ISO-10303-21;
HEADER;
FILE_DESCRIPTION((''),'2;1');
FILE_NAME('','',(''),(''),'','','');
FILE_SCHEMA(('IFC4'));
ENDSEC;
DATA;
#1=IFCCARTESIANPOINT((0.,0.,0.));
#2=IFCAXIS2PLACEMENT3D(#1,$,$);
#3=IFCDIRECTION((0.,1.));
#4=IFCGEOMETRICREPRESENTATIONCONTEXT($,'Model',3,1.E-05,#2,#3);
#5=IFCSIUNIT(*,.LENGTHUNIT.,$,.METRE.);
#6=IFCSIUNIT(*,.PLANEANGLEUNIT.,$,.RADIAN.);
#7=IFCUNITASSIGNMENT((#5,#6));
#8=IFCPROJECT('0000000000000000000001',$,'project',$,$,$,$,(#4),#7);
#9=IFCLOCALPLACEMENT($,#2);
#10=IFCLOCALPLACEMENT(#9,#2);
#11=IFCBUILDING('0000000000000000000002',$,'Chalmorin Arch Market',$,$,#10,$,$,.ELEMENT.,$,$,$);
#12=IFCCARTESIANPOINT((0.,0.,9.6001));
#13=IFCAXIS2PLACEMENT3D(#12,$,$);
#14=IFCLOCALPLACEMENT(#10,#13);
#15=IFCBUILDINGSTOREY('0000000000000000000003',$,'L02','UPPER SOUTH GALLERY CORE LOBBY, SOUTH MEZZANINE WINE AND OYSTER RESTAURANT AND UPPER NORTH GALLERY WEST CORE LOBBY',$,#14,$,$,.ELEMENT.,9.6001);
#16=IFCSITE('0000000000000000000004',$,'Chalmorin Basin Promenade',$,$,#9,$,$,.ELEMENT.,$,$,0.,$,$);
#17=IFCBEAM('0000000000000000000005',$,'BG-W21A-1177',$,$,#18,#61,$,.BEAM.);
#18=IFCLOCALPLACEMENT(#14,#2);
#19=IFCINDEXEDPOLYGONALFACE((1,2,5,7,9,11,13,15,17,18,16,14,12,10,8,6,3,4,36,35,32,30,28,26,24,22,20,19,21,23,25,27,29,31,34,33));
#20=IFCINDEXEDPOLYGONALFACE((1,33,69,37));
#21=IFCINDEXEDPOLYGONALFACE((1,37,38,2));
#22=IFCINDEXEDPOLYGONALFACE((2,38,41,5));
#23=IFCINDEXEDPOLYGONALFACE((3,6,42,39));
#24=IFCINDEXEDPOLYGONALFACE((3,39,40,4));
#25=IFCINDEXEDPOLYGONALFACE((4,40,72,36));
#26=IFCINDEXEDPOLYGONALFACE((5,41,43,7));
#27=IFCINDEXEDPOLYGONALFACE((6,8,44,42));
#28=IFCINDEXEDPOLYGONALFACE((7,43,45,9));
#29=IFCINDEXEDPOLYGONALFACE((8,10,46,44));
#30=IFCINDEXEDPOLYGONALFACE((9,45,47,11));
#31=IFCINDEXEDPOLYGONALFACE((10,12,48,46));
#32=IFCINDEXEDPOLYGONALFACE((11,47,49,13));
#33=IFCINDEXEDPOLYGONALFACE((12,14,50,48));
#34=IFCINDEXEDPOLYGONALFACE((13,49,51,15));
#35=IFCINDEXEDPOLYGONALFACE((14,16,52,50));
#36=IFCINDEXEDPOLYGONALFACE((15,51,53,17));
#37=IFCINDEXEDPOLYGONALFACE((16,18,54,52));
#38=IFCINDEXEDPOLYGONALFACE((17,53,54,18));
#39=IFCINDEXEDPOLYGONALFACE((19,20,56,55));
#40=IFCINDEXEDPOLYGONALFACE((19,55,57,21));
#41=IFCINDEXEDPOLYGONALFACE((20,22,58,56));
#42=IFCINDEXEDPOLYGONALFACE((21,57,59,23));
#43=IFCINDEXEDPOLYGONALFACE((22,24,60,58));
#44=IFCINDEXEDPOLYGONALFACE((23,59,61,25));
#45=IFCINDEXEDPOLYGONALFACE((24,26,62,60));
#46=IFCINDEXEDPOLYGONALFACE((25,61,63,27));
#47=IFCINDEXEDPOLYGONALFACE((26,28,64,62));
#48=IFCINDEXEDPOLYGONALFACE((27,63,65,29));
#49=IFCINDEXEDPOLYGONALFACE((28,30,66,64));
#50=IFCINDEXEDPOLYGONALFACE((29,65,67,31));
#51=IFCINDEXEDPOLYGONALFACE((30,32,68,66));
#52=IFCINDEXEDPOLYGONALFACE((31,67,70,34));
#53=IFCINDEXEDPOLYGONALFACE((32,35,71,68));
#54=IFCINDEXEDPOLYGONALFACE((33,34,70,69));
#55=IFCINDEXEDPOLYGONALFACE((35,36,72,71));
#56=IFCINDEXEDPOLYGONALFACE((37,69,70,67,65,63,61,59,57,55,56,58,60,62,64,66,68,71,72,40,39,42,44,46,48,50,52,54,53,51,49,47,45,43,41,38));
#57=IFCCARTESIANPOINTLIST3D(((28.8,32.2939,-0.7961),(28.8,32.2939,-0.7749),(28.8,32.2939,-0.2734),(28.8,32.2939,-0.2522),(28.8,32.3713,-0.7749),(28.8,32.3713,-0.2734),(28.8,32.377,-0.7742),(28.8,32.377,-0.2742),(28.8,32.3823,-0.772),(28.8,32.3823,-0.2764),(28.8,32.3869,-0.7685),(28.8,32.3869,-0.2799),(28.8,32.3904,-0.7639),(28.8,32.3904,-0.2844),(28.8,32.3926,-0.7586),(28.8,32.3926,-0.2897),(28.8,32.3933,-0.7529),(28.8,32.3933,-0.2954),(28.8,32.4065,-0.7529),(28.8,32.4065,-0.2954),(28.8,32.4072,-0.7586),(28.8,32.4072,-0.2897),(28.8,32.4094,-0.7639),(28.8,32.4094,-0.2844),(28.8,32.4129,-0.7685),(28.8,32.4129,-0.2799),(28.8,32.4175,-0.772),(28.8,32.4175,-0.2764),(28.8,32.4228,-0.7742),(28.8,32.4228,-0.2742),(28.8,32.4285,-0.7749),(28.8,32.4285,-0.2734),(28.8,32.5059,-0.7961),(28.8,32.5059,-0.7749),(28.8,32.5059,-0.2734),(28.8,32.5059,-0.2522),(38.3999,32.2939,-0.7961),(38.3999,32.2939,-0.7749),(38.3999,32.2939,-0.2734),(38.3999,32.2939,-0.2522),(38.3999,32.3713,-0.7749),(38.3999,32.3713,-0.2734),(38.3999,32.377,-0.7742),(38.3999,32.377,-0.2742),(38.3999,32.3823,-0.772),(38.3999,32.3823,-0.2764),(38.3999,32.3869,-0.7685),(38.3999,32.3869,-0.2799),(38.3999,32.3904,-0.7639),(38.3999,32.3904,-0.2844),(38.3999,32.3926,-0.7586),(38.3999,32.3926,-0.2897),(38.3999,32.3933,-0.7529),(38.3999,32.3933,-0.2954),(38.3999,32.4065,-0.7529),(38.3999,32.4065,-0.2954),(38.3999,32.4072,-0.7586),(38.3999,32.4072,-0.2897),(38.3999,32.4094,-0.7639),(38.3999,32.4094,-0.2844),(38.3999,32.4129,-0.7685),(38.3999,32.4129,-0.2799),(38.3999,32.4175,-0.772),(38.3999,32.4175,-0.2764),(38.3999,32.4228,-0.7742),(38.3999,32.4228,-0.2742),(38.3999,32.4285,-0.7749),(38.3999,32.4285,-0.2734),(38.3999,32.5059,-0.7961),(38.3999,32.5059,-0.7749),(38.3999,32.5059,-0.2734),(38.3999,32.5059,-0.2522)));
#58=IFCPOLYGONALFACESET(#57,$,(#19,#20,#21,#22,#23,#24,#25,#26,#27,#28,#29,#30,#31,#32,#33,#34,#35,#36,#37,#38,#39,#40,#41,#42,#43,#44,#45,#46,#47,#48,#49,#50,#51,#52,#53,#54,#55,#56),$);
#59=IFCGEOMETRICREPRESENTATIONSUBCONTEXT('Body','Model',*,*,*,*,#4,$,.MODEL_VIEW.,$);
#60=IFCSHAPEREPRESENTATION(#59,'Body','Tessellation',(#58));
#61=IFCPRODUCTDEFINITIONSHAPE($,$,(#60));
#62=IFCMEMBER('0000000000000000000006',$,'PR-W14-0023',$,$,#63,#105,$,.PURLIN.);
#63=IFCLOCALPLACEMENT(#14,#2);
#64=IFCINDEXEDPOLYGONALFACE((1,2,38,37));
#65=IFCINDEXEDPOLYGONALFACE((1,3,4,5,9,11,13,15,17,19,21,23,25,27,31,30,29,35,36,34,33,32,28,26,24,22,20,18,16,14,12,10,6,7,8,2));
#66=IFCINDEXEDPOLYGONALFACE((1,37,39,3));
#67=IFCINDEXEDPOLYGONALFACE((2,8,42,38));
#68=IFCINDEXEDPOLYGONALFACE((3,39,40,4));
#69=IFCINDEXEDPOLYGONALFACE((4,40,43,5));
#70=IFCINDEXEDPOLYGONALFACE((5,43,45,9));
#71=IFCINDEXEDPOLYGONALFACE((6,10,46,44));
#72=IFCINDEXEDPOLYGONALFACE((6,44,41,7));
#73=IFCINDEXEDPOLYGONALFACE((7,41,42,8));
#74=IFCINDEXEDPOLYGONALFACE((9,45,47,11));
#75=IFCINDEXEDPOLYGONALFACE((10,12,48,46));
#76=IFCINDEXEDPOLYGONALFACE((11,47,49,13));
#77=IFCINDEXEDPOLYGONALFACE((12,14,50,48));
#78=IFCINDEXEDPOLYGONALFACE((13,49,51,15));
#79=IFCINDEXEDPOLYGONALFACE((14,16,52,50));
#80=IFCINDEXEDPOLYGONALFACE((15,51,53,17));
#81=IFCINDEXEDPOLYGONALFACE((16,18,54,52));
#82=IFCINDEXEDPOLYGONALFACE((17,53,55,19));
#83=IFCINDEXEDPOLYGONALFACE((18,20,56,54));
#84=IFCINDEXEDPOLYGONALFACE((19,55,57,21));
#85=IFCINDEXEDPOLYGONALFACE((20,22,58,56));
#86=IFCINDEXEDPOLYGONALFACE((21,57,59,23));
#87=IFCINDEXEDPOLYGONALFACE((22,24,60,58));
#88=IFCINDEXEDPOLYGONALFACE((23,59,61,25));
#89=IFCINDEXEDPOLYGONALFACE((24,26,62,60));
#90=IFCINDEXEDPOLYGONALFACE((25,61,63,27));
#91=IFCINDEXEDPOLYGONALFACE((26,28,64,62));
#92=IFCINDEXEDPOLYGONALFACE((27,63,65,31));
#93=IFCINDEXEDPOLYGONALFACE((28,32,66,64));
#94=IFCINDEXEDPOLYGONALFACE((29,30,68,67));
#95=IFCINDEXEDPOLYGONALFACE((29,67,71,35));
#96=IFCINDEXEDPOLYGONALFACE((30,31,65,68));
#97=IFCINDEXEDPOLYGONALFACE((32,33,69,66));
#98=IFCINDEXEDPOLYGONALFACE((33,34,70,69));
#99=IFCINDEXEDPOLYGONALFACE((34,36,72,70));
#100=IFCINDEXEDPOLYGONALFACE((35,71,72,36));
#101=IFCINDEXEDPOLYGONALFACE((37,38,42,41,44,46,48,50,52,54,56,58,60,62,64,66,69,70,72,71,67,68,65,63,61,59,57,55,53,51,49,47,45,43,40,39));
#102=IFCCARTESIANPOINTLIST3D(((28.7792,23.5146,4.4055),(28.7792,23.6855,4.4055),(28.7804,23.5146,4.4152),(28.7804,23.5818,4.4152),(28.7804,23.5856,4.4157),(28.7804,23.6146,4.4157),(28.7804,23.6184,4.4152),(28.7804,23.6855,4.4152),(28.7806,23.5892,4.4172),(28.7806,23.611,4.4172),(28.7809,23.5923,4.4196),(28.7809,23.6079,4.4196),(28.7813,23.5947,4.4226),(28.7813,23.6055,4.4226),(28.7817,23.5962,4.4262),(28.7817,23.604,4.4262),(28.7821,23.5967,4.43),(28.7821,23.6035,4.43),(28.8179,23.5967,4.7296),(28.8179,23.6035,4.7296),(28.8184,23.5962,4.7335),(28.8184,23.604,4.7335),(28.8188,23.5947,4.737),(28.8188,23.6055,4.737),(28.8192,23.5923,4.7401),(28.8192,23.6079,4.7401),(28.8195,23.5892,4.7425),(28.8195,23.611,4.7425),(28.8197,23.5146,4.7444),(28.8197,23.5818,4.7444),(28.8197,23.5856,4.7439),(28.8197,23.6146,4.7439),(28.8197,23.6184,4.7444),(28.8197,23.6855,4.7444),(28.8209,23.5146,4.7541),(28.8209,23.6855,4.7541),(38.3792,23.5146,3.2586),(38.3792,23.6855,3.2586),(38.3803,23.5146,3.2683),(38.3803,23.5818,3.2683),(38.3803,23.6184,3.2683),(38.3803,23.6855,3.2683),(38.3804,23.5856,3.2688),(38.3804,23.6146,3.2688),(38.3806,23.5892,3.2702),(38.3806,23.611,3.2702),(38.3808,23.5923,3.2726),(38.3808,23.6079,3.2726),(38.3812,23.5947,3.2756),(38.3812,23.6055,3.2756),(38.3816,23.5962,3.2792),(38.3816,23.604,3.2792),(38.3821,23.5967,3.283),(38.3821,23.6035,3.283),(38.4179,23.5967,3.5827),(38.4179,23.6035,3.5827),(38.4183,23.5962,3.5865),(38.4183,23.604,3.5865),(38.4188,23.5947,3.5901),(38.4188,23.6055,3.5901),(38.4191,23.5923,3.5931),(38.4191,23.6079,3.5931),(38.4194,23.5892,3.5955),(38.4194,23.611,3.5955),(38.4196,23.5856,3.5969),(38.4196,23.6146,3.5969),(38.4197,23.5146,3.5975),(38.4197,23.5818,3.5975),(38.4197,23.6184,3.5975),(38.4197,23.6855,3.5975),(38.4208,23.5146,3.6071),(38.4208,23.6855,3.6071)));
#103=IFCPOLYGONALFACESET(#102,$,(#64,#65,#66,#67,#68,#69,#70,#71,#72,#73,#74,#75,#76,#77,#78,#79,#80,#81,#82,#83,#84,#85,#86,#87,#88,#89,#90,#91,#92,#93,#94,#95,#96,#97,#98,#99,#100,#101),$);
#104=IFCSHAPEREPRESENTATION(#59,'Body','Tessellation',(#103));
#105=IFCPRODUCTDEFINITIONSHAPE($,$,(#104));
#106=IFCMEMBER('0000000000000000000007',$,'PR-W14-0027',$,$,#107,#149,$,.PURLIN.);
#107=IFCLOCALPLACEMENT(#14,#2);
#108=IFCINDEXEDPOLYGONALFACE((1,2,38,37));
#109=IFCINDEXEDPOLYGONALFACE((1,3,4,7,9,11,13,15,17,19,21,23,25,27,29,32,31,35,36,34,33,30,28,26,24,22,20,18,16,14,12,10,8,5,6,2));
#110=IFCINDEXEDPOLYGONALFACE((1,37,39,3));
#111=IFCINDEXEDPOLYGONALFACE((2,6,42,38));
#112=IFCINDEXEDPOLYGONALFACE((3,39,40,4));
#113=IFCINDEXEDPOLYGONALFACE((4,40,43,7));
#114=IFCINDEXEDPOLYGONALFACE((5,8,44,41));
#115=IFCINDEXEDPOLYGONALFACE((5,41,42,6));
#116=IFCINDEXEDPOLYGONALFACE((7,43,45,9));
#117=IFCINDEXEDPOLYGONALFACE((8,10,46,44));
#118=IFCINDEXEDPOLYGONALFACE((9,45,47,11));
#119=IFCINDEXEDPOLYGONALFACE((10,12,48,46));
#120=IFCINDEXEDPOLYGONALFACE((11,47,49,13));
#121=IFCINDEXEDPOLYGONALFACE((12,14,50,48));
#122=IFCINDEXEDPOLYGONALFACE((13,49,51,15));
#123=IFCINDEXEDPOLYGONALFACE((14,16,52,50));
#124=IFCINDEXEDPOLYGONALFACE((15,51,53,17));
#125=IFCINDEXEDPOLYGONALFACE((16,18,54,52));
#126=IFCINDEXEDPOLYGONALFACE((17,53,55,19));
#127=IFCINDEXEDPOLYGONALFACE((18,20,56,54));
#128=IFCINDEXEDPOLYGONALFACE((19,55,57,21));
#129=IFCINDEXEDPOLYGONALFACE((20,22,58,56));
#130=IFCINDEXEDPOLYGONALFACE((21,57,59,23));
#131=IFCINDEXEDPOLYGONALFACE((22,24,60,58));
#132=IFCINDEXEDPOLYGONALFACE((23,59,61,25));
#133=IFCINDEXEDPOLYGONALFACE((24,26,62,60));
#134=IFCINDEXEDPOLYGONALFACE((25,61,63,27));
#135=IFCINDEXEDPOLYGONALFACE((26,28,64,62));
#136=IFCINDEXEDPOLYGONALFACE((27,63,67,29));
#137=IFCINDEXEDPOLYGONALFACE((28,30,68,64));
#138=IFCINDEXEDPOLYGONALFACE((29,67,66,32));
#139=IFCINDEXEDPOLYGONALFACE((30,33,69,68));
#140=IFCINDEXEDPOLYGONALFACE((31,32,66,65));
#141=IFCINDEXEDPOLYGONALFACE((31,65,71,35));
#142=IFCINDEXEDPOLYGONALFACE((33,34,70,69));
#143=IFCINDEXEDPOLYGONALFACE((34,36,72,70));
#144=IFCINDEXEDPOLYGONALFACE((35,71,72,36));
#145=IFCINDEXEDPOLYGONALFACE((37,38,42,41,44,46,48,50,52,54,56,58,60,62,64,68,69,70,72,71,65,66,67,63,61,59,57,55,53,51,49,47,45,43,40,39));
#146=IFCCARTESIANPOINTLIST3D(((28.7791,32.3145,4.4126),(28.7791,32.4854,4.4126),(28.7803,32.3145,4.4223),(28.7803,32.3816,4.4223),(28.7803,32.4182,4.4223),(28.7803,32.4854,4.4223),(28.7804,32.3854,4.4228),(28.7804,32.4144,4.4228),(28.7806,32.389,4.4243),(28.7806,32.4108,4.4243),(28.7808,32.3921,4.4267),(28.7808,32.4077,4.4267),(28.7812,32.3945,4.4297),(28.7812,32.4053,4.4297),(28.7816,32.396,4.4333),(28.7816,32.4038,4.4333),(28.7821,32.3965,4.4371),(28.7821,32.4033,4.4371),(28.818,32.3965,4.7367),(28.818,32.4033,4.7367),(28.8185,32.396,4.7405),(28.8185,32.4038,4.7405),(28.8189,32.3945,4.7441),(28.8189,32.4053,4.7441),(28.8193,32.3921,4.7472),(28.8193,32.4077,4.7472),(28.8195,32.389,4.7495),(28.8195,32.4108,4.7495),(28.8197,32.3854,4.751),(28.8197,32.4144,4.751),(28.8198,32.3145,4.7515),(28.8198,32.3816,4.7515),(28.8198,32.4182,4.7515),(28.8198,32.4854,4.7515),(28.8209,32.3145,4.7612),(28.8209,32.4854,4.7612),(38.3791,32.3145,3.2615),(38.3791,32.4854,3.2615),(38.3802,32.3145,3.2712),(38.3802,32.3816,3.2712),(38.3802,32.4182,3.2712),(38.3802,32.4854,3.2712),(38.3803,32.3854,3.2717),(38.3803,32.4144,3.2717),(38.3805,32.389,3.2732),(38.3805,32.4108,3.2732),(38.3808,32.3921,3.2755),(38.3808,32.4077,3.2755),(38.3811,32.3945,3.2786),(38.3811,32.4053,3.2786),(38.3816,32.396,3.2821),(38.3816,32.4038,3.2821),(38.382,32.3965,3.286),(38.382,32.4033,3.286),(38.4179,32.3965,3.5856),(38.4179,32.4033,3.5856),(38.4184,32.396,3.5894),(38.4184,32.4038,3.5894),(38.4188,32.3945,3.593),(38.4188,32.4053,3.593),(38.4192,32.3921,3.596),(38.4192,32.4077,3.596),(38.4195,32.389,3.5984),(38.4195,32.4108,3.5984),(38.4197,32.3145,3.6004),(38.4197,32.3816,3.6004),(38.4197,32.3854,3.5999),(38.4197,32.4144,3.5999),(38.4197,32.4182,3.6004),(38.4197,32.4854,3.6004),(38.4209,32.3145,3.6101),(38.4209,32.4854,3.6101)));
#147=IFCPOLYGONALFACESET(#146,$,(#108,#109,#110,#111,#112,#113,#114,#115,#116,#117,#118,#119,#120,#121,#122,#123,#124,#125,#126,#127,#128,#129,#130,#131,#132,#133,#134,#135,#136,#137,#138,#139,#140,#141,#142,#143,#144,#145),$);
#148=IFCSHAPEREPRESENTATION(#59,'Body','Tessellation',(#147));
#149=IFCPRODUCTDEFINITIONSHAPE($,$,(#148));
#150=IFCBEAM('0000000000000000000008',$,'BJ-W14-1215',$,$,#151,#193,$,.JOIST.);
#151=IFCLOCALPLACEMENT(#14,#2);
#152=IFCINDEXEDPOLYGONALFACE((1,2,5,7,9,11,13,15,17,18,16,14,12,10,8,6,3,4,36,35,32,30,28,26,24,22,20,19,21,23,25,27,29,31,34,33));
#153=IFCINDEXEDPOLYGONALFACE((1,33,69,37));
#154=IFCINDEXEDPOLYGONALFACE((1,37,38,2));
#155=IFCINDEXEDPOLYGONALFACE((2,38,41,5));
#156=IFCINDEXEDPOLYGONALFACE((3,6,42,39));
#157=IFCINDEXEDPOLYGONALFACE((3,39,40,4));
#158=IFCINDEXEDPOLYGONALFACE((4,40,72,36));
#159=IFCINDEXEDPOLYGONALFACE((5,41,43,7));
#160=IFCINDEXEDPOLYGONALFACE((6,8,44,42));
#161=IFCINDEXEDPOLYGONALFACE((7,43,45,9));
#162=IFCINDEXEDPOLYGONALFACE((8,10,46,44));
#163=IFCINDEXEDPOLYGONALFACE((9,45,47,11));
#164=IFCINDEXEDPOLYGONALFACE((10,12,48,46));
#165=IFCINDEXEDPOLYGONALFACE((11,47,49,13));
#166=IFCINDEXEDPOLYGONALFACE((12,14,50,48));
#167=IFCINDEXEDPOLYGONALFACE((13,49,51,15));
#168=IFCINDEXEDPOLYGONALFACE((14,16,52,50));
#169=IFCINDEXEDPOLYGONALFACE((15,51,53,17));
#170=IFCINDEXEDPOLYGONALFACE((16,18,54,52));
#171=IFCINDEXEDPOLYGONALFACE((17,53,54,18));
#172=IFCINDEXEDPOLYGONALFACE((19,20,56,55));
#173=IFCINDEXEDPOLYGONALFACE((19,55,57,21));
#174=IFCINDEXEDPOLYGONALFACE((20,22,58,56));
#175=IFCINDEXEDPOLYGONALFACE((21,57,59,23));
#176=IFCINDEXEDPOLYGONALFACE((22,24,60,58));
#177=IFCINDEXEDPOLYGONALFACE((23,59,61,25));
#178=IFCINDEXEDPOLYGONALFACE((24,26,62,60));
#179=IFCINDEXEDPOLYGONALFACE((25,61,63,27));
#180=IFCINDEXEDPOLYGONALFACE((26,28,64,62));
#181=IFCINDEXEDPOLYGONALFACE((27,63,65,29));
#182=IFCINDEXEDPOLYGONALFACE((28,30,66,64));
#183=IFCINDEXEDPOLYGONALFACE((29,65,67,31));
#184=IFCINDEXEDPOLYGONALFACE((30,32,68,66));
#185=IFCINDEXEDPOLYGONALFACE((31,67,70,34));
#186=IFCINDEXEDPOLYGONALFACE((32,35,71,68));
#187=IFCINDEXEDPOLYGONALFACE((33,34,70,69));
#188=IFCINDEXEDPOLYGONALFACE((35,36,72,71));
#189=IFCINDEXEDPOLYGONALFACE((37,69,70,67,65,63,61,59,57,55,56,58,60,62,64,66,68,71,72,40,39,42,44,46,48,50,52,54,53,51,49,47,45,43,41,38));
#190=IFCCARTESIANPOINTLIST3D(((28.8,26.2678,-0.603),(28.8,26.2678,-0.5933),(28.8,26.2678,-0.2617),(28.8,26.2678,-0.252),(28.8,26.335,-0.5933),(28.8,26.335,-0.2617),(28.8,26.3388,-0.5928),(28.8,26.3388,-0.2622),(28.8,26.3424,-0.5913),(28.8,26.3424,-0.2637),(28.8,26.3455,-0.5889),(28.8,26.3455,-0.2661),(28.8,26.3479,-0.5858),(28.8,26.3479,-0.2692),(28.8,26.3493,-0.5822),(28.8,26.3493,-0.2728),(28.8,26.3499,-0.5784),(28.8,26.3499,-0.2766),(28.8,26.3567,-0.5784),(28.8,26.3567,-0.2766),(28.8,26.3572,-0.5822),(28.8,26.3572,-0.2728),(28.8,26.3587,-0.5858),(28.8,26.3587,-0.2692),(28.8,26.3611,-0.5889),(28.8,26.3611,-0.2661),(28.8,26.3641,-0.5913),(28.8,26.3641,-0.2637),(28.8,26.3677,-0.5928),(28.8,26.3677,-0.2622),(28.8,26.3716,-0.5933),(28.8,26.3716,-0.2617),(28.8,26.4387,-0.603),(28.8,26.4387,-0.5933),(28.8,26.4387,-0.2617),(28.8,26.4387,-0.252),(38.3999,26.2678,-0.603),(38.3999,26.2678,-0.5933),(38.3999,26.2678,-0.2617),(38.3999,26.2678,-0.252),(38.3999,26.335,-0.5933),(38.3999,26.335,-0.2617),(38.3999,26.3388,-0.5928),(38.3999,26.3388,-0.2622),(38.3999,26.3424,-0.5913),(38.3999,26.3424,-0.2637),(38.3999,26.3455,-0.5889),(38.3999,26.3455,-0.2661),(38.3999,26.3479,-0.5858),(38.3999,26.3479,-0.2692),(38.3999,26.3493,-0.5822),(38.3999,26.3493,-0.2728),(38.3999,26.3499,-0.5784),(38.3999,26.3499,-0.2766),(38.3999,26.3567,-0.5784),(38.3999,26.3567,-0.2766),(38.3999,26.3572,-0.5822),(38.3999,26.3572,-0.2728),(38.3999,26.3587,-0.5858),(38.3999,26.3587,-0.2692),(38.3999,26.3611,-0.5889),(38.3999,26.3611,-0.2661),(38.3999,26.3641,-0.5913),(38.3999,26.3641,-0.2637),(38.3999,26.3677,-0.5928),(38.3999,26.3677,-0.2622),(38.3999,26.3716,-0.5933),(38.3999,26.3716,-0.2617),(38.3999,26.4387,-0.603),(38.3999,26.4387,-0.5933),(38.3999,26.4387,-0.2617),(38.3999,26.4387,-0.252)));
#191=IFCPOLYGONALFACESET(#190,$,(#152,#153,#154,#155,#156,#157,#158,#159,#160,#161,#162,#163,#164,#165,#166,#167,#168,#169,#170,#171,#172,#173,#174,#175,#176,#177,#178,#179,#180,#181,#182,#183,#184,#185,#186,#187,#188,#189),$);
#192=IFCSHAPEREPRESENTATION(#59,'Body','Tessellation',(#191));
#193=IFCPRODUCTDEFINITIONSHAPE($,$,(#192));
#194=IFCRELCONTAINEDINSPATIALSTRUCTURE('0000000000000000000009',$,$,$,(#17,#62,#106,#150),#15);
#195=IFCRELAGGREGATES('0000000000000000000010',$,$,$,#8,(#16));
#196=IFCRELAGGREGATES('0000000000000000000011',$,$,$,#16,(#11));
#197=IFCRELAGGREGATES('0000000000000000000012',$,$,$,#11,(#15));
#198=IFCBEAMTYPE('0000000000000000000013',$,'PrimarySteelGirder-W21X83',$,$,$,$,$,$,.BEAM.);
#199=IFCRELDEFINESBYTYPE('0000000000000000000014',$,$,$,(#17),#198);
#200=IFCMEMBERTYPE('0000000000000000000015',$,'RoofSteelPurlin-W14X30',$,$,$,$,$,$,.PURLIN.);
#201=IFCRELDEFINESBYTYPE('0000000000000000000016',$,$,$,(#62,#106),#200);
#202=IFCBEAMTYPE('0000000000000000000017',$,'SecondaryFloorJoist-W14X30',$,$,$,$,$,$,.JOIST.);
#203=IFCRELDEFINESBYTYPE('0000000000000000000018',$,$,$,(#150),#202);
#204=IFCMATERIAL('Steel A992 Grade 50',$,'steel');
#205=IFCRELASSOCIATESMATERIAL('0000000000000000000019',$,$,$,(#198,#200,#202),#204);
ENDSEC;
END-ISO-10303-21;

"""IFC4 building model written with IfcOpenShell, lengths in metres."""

from ifc_helpers import new_model, si_unit, direction, frame, origin, origin_2d, place, context, subcontext, project, spatial, i_section, extrude, material, material_profile, profile_set, type_object, element, save


model = new_model("IFC4")

# Units and contexts
model_context = context("Model", 3, precision=1e-05, world=origin(), true_north=direction((0.0, 1.0)))
body_context = subcontext(model_context, "Body", "Model", "MODEL_VIEW")
ifc_project = project(units=[si_unit("LENGTHUNIT", "METRE"), si_unit("PLANEANGLEUNIT", "RADIAN")], contexts=[model_context])

# Site, building, storey
site_placement = place(None, origin())
site = spatial("IfcSite", under=ifc_project, at=site_placement, Name="Chalmorin Basin Promenade", CompositionType="ELEMENT", RefElevation=0.0)
building_placement = place(site_placement, origin())
building = spatial("IfcBuilding", under=site, at=building_placement, Name="Chalmorin Arch Market", CompositionType="ELEMENT")
storey_placement = place(building_placement, frame((0.0, 0.0, 9.6001)))
storey = spatial("IfcBuildingStorey", under=building, at=storey_placement, Name="L02", Description="UPPER SOUTH GALLERY CORE LOBBY, SOUTH MEZZANINE WINE AND OYSTER RESTAURANT AND UPPER NORTH GALLERY WEST CORE LOBBY", CompositionType="ELEMENT", Elevation=9.6001)

# Shared definitions
ifc_material_1 = material(Name="Steel A992 Grade 50", Category="steel")

# Beam
ifc_material_profile_1 = material_profile(ifc_material_1, i_section(OverallWidth=0.2119, OverallDepth=0.5439, WebThickness=0.0132, FlangeThickness=0.0212, FilletRadius=0.022, at=origin_2d()), Name="W21X83")
ifc_profile_set_1 = profile_set([ifc_material_profile_1], Name="Steel A992 Grade 50")
beam_type_1 = type_object("IfcBeamType", Name="PrimarySteelGirder-W21X83", PredefinedType="BEAM", material=ifc_profile_set_1)
for number, where, z_axis, x_axis, name in (
    (1, (28.8, 32.3999, -0.5242), (1.0, 0.0, 0.0), (0.0, 1.0, 0.0), "BG-W21A-1177"),
):
    element("IfcBeam", number, at=place(storey_placement, frame(where, z_axis=z_axis, x_axis=x_axis)), inside=storey, type_object=beam_type_1, Name=name, PredefinedType="BEAM", context=body_context, shape_type="SweptSolid", body=[
        extrude(i_section(OverallWidth=0.2119, OverallDepth=0.5439, WebThickness=0.0132, FlangeThickness=0.0212, FilletRadius=0.022, at=origin_2d()), origin(), (0.0, 0.0, 1.0), 9.5999),
    ])

# Members
ifc_material_profile_2 = material_profile(ifc_material_1, i_section(OverallWidth=0.1709, OverallDepth=0.3511, WebThickness=0.0068, FlangeThickness=0.0098, FilletRadius=0.0149, at=origin_2d()), Name="W14X30")
ifc_profile_set_2 = profile_set([ifc_material_profile_2], Name="Steel A992 Grade 50")
member_type_1 = type_object("IfcMemberType", Name="RoofSteelPurlin-W14X30", PredefinedType="PURLIN", material=ifc_profile_set_2)
member_1_placement = place(storey_placement, frame((28.8, 23.6001, 4.5798), z_axis=(0.992938, 0.0, -0.118634), x_axis=(0.0, 1.0, 0.0)))
element("IfcMember", 2, at=member_1_placement, inside=storey, type_object=member_type_1, Name="PR-W14-0023", PredefinedType="PURLIN", context=body_context, shape_type="SweptSolid", body=[
    extrude(i_section(OverallWidth=0.1709, OverallDepth=0.3511, WebThickness=0.0068, FlangeThickness=0.0098, FilletRadius=0.0149, at=origin_2d()), origin(), (0.0, 0.0, 1.0), 9.6682),
])
member_2_placement = place(storey_placement, frame((28.8, 32.3999, 4.5869), z_axis=(0.992887, 0.0, -0.119058), x_axis=(0.0, 1.0, 0.0)))
element("IfcMember", 3, at=member_2_placement, inside=storey, type_object=member_type_1, Name="PR-W14-0027", PredefinedType="PURLIN", context=body_context, shape_type="SweptSolid", body=[
    extrude(i_section(OverallWidth=0.1709, OverallDepth=0.3511, WebThickness=0.0068, FlangeThickness=0.0098, FilletRadius=0.0149, at=origin_2d()), origin(), (0.0, 0.0, 1.0), 9.6687),
])

# Beam
ifc_material_profile_3 = material_profile(ifc_material_1, i_section(OverallWidth=0.1709, OverallDepth=0.3511, WebThickness=0.0068, FlangeThickness=0.0098, FilletRadius=0.0149, at=origin_2d()), Name="W14X30")
ifc_profile_set_3 = profile_set([ifc_material_profile_3], Name="Steel A992 Grade 50")
beam_type_2 = type_object("IfcBeamType", Name="SecondaryFloorJoist-W14X30", PredefinedType="JOIST", material=ifc_profile_set_3)
for number, where, z_axis, x_axis, name in (
    (4, (28.8, 26.3533, -0.4275), (1.0, 0.0, 0.0), (0.0, 1.0, 0.0), "BJ-W14-1215"),
):
    element("IfcBeam", number, at=place(storey_placement, frame(where, z_axis=z_axis, x_axis=x_axis)), inside=storey, type_object=beam_type_2, Name=name, PredefinedType="JOIST", context=body_context, shape_type="SweptSolid", body=[
        extrude(i_section(OverallWidth=0.1709, OverallDepth=0.3511, WebThickness=0.0068, FlangeThickness=0.0098, FilletRadius=0.0149, at=origin_2d()), origin(), (0.0, 0.0, 1.0), 9.5999),
    ])

save(model, "model.ifc")
